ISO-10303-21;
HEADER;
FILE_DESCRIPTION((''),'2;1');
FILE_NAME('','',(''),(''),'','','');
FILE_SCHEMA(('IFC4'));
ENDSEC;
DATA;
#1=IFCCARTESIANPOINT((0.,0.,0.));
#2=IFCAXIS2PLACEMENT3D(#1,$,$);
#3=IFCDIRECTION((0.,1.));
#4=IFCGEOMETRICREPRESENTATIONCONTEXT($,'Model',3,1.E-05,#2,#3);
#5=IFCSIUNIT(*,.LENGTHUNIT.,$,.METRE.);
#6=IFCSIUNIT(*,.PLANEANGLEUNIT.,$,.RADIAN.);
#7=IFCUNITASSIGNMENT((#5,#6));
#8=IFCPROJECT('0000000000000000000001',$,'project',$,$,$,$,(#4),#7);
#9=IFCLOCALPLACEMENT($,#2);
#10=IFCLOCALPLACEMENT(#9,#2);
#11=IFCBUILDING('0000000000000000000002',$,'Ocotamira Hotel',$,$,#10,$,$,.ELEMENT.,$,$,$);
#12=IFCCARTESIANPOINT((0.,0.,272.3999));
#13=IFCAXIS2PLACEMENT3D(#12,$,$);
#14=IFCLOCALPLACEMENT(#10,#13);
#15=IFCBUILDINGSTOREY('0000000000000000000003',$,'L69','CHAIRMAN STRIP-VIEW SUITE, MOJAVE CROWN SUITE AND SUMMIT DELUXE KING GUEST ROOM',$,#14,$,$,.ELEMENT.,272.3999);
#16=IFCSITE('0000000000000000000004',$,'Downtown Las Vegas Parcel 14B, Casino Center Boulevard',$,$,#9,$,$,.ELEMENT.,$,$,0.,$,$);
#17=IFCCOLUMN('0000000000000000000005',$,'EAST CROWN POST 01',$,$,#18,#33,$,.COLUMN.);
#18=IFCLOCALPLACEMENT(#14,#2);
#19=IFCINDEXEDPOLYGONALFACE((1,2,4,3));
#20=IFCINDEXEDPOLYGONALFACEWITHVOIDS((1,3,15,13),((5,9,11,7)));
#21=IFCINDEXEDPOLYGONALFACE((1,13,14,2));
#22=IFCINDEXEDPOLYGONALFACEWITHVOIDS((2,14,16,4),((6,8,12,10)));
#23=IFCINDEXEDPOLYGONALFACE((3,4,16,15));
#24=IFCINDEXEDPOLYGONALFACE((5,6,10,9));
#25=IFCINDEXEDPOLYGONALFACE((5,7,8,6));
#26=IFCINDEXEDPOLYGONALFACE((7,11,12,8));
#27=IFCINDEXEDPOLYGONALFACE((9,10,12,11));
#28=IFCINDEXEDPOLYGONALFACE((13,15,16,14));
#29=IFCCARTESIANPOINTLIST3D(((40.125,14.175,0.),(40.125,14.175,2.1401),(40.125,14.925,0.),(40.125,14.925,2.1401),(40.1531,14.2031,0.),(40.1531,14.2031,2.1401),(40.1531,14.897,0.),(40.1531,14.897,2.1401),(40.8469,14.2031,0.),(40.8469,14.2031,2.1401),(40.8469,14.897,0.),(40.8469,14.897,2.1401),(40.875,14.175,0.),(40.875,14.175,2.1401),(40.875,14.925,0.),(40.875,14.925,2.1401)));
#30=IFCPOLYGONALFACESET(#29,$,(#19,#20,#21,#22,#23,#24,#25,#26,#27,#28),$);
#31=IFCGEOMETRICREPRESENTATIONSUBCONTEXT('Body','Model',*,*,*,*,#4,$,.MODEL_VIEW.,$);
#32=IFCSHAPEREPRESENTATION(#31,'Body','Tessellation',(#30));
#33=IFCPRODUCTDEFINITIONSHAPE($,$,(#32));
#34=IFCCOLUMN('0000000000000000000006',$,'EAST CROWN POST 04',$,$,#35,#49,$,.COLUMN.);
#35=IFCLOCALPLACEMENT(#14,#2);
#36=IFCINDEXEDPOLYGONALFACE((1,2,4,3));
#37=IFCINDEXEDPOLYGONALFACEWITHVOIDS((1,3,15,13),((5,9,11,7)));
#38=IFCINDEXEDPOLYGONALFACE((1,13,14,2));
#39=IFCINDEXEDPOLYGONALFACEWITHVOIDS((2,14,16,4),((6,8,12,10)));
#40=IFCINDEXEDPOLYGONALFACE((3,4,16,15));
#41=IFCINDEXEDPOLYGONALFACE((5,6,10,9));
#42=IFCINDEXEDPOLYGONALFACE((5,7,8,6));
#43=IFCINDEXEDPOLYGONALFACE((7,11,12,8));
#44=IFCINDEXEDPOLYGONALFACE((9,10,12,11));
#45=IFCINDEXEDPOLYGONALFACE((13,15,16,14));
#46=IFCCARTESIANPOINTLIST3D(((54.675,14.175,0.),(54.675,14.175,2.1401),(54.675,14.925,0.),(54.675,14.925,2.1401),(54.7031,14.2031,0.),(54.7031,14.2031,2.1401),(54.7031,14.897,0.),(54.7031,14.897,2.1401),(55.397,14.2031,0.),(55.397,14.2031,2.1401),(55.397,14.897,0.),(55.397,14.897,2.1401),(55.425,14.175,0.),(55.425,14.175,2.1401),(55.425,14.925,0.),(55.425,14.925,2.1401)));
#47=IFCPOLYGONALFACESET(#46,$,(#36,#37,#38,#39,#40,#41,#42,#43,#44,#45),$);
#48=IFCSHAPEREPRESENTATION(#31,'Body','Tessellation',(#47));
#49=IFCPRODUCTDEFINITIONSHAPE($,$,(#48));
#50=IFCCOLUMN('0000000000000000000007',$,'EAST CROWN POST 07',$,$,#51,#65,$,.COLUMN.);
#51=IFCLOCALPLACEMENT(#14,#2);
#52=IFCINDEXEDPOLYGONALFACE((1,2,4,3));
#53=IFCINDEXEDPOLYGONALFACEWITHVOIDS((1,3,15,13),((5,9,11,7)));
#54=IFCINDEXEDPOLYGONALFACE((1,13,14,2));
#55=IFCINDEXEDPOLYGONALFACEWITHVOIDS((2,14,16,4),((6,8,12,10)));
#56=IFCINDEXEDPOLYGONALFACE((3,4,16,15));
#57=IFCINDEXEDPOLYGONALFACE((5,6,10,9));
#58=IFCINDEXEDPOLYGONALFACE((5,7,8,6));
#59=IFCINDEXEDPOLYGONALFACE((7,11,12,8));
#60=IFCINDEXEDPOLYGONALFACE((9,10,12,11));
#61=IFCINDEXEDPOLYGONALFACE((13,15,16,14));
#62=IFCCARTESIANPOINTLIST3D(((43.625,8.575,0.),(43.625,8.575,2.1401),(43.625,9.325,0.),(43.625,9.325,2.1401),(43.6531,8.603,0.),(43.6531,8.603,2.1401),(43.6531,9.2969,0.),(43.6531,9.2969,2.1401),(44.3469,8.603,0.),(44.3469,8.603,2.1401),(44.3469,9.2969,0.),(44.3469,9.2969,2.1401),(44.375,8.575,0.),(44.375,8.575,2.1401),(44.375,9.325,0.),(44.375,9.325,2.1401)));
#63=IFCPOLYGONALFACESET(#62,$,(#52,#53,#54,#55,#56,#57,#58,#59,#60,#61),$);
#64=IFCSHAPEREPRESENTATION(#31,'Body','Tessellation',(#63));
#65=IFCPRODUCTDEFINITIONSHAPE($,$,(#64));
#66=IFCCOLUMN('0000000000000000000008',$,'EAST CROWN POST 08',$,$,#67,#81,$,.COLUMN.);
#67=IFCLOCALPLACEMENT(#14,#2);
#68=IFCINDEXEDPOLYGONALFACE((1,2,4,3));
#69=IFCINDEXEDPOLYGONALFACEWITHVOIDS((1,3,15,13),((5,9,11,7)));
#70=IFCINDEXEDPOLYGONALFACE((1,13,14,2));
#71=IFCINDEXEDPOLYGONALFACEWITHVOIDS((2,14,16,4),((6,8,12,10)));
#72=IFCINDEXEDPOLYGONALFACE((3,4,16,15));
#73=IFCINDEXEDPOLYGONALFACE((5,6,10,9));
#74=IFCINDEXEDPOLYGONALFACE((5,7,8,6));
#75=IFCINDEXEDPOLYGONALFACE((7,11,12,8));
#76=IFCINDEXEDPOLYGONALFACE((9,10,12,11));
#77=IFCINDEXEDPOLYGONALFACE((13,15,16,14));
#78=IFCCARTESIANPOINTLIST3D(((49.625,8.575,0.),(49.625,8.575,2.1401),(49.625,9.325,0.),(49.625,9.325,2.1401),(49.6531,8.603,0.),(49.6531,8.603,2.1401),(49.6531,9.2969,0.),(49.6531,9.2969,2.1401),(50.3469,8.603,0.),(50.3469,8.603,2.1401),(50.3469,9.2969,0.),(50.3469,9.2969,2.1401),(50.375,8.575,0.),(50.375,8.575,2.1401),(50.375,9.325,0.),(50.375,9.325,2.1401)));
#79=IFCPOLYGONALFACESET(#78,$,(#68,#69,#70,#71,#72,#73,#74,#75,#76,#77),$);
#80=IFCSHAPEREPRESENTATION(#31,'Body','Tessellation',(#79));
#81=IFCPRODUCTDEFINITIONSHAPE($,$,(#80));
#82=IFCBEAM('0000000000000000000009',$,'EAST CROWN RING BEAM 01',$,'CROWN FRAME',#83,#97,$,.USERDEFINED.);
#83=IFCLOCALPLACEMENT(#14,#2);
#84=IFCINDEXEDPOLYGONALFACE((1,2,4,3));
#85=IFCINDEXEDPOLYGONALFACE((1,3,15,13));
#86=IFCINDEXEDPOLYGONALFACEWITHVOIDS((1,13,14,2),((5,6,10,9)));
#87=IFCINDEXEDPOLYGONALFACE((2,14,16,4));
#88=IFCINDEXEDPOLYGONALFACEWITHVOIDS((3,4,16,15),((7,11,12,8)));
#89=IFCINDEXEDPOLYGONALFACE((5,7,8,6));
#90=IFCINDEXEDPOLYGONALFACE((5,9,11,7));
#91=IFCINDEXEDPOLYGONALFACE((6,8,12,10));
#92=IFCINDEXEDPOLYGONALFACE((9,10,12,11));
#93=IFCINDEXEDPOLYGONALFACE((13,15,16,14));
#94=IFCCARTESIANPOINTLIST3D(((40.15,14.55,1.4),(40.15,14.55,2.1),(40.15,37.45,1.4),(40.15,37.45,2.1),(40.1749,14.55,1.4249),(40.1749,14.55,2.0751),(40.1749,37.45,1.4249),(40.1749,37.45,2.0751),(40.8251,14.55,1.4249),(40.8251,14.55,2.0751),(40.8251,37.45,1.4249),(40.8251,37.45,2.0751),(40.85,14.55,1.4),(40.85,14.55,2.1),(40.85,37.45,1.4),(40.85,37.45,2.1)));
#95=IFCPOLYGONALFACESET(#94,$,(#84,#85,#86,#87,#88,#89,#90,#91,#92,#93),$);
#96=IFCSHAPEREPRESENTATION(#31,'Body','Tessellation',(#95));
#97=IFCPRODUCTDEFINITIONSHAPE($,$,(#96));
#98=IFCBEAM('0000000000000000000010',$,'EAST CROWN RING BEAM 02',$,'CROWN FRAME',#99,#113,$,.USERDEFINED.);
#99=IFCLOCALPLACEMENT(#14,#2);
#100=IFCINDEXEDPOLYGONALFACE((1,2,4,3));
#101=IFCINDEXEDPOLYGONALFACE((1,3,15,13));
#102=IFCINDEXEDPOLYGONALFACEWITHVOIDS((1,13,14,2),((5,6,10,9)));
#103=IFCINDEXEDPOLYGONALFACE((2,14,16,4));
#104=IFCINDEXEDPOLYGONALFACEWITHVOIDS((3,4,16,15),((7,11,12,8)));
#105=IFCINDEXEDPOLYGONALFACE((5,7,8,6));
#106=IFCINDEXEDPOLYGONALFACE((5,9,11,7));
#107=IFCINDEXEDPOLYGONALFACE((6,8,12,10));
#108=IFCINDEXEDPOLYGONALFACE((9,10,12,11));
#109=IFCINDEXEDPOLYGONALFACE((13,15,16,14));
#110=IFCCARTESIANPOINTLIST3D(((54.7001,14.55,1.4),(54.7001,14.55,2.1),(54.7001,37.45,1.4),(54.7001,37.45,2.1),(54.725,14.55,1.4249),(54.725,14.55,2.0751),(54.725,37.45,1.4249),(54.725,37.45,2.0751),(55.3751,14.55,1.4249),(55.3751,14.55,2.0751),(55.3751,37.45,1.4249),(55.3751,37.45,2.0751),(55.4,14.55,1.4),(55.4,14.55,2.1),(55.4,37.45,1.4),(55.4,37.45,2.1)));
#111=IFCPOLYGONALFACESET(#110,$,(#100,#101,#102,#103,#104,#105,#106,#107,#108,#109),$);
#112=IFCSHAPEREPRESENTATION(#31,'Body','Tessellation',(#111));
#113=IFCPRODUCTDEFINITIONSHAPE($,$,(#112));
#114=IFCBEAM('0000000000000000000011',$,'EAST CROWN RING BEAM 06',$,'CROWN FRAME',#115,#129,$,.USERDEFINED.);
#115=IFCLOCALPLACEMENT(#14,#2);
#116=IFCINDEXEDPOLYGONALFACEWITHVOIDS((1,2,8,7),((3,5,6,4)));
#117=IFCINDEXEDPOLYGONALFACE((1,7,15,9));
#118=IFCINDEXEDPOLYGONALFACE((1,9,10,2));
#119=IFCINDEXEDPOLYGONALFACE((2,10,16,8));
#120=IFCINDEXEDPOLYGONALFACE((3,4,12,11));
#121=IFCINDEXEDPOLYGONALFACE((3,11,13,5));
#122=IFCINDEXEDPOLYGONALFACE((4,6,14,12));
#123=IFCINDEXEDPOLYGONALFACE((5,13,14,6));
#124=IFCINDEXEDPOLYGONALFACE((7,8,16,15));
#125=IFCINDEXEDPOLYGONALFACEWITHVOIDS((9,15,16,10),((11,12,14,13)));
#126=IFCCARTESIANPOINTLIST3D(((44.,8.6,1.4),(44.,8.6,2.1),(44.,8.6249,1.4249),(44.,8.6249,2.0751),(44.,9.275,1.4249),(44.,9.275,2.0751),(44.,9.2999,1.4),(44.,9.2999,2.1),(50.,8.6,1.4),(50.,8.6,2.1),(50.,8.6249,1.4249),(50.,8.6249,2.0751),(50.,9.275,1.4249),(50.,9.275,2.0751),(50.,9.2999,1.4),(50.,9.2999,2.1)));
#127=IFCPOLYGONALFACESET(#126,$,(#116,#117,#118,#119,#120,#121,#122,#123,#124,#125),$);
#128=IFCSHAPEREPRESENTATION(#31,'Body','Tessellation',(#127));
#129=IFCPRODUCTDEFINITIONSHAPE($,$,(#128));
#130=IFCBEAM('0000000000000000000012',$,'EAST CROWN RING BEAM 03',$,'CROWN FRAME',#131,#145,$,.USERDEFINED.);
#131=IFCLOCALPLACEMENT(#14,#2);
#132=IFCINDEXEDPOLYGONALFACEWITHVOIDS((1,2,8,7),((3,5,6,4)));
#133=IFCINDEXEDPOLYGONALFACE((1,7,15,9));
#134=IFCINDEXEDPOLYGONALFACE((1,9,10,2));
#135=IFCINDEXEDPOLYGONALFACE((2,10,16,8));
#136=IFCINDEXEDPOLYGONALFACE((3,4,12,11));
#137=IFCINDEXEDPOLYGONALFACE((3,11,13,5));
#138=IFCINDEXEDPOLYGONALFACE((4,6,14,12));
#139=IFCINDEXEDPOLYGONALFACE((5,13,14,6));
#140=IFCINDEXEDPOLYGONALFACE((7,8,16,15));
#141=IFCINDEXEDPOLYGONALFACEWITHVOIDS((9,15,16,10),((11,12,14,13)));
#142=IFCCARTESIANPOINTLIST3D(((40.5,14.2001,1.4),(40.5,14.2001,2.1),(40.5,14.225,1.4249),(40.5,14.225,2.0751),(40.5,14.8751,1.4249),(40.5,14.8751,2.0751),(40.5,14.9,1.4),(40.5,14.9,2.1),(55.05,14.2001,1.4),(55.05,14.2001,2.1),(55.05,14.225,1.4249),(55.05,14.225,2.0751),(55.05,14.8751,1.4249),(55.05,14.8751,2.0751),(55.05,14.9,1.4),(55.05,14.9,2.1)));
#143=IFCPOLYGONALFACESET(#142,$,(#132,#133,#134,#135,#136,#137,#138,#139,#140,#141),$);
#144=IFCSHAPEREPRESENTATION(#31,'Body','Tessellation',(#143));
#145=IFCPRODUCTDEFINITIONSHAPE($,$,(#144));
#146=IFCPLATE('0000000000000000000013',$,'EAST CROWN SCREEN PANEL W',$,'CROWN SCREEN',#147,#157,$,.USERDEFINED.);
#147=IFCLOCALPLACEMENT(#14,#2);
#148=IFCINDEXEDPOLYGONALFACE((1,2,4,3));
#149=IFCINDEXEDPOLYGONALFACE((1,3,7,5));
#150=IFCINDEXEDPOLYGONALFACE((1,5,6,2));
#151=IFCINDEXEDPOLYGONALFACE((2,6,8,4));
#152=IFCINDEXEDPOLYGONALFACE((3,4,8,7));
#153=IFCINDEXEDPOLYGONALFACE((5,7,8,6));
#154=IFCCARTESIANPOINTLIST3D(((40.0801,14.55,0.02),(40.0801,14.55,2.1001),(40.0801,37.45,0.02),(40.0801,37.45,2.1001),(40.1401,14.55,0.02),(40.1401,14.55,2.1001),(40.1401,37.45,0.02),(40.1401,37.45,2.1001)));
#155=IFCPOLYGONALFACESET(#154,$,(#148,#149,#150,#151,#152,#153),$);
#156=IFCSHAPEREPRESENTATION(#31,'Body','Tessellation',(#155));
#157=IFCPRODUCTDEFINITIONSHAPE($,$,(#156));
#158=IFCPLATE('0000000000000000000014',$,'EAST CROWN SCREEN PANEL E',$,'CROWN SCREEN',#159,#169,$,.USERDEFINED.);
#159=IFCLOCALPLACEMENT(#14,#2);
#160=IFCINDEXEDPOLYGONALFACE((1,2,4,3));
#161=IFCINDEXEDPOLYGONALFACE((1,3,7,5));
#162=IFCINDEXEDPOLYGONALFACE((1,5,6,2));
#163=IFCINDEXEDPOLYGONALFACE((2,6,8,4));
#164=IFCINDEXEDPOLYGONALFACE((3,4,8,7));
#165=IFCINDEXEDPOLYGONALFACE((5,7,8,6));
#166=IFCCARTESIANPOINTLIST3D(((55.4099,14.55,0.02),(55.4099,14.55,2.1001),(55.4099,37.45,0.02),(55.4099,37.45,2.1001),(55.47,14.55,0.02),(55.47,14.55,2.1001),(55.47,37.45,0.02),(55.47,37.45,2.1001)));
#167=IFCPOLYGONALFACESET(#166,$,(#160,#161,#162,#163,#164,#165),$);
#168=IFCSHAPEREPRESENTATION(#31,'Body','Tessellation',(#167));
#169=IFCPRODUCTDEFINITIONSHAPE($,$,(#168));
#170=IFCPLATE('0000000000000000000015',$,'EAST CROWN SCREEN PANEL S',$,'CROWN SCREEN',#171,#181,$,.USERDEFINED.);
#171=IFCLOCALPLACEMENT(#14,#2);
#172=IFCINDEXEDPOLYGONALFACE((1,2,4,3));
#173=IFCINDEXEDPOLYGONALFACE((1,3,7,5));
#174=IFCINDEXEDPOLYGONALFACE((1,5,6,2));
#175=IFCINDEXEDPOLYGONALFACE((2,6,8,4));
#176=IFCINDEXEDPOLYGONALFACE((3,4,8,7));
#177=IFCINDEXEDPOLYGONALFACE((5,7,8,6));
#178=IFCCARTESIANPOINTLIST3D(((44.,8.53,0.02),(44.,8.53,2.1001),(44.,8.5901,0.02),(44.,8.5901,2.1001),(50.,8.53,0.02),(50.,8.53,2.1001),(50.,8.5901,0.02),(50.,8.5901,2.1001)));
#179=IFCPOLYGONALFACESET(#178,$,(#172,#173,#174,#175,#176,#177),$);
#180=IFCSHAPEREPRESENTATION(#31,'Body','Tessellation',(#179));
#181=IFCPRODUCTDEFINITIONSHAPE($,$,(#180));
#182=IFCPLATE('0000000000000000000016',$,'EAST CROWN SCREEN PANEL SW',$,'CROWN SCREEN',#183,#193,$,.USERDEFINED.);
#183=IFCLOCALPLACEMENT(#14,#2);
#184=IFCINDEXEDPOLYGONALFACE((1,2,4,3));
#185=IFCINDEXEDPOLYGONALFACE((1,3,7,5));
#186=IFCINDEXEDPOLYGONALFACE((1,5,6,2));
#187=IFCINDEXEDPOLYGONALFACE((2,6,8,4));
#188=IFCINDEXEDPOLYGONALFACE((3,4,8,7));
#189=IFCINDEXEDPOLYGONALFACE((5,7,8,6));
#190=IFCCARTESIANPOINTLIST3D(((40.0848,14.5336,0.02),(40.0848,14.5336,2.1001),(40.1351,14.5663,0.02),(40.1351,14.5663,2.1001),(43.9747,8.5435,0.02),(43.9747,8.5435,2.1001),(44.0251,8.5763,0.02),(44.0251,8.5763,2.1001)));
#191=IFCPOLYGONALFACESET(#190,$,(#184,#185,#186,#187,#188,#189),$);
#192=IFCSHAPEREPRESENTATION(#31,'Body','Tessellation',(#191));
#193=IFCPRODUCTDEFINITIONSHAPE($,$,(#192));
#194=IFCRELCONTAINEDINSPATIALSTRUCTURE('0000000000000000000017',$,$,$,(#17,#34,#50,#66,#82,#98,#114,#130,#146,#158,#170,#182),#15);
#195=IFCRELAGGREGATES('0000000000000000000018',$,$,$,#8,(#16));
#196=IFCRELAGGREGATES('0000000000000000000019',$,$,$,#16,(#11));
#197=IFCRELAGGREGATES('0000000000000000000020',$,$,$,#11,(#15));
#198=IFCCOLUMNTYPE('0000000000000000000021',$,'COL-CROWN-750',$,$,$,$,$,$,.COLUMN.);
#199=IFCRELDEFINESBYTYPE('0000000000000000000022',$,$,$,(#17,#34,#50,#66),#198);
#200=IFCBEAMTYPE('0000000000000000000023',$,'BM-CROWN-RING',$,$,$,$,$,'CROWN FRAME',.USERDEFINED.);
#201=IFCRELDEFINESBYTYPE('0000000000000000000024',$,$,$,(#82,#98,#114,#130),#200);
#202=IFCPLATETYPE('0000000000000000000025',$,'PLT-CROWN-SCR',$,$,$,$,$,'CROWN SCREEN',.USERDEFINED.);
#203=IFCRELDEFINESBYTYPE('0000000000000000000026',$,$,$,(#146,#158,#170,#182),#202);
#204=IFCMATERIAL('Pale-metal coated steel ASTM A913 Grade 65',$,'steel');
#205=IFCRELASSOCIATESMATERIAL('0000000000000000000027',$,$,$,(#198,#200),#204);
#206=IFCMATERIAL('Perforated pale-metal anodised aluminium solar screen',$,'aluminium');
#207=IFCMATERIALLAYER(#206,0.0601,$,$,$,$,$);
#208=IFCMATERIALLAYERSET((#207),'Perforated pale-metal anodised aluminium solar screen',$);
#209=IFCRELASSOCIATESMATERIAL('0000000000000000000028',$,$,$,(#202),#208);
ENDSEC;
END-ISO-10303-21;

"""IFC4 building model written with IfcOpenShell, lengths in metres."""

from ifc_helpers import new_model, si_unit, direction, frame, origin, origin_2d, place, context, subcontext, project, spatial, rectangle, hollow_rectangle, extrude, source, transform, mapped, material, layer, layer_set, material_profile, profile_set, type_object, element, save


model = new_model("IFC4")

# Units and contexts
model_context = context("Model", 3, precision=1e-05, world=origin(), true_north=direction((0.0, 1.0)))
body_context = subcontext(model_context, "Body", "Model", "MODEL_VIEW")
ifc_project = project(units=[si_unit("LENGTHUNIT", "METRE"), si_unit("PLANEANGLEUNIT", "RADIAN")], contexts=[model_context])

# Site, building, storey
site_placement = place(None, origin())
site = spatial("IfcSite", under=ifc_project, at=site_placement, Name="Downtown Las Vegas Parcel 14B, Casino Center Boulevard", CompositionType="ELEMENT", RefElevation=0.0)
building_placement = place(site_placement, origin())
building = spatial("IfcBuilding", under=site, at=building_placement, Name="Ocotamira Hotel", CompositionType="ELEMENT")
storey_placement = place(building_placement, frame((0.0, 0.0, 272.3999)))
storey = spatial("IfcBuildingStorey", under=building, at=storey_placement, Name="L69", Description="CHAIRMAN STRIP-VIEW SUITE, MOJAVE CROWN SUITE AND SUMMIT DELUXE KING GUEST ROOM", CompositionType="ELEMENT", Elevation=272.3999)

# Columns
ifc_material_1 = material(Name="Pale-metal coated steel ASTM A913 Grade 65", Category="steel")
ifc_material_profile_1 = material_profile(ifc_material_1, hollow_rectangle(XDim=0.75, YDim=0.75, WallThickness=0.0281, at=origin_2d()), Name="BOX750X750X28")
ifc_profile_set_1 = profile_set([ifc_material_profile_1], Name="Pale-metal coated steel ASTM A913 Grade 65")
column_type = type_object("IfcColumnType", Name="COL-CROWN-750", PredefinedType="COLUMN", material=ifc_profile_set_1)
shared_shape_1 = source(origin(), body_context, "Body", "SweptSolid", [
    extrude(hollow_rectangle(XDim=0.75, YDim=0.75, WallThickness=0.0281, at=origin_2d()), origin(), (0.0, 0.0, 1.0), 2.1401),
])
for number, where, z_axis, x_axis, name in (
    (1, (40.5, 14.55, 0.0), (0.0, 0.0, 1.0), (1.0, 0.0, 0.0), "EAST CROWN POST 01"),
    (2, (55.05, 14.55, 0.0), (0.0, 0.0, 1.0), (1.0, 0.0, 0.0), "EAST CROWN POST 04"),
    (3, (44.0, 8.95, 0.0), (0.0, 0.0, 1.0), (1.0, 0.0, 0.0), "EAST CROWN POST 07"),
    (4, (50.0, 8.95, 0.0), (0.0, 0.0, 1.0), (1.0, 0.0, 0.0), "EAST CROWN POST 08"),
):
    element("IfcColumn", number, at=place(storey_placement, frame(where, z_axis=z_axis, x_axis=x_axis)), inside=storey, type_object=column_type, Name=name, PredefinedType="COLUMN", context=body_context, shape_type="MappedRepresentation", body=[
        mapped(shared_shape_1, transform((0.0, 0.0, 0.0), scale=1.0)),
    ])

# Beams
ifc_material_profile_2 = material_profile(ifc_material_1, hollow_rectangle(XDim=0.7, YDim=0.7, WallThickness=0.0249, at=origin_2d()), Name="BOX700X700X25")
ifc_profile_set_2 = profile_set([ifc_material_profile_2], Name="Pale-metal coated steel ASTM A913 Grade 65")
beam_type = type_object("IfcBeamType", Name="BM-CROWN-RING", ElementType="CROWN FRAME", PredefinedType="USERDEFINED", material=ifc_profile_set_2)
shared_shape_2 = source(origin(), body_context, "Body", "SweptSolid", [
    extrude(hollow_rectangle(XDim=0.7, YDim=0.7, WallThickness=0.0249, at=origin_2d()), origin(), (0.0, 0.0, 1.0), 22.8999),
])
for number, where, z_axis, x_axis, name in (
    (5, (40.5, 14.55, 1.75), (0.0, 1.0, 0.0), (-1.0, 0.0, 0.0), "EAST CROWN RING BEAM 01"),
    (6, (55.05, 14.55, 1.75), (0.0, 1.0, 0.0), (-1.0, 0.0, 0.0), "EAST CROWN RING BEAM 02"),
):
    element("IfcBeam", number, at=place(storey_placement, frame(where, z_axis=z_axis, x_axis=x_axis)), inside=storey, type_object=beam_type, Name=name, ObjectType="CROWN FRAME", PredefinedType="USERDEFINED", context=body_context, shape_type="MappedRepresentation", body=[
        mapped(shared_shape_2, transform((0.0, 0.0, 0.0), scale=1.0)),
    ])
shared_shape_3 = source(origin(), body_context, "Body", "SweptSolid", [
    extrude(hollow_rectangle(XDim=0.7, YDim=0.7, WallThickness=0.0249, at=origin_2d()), origin(), (0.0, 0.0, 1.0), 6.0),
])
beam_1_placement = place(storey_placement, frame((44.0, 8.95, 1.75), z_axis=(1.0, 0.0, 0.0), x_axis=(0.0, 1.0, 0.0)))
element("IfcBeam", 7, at=beam_1_placement, inside=storey, type_object=beam_type, Name="EAST CROWN RING BEAM 06", ObjectType="CROWN FRAME", PredefinedType="USERDEFINED", context=body_context, shape_type="MappedRepresentation", body=[
    mapped(shared_shape_3, transform((0.0, 0.0, 0.0), scale=1.0)),
])
shared_shape_4 = source(origin(), body_context, "Body", "SweptSolid", [
    extrude(hollow_rectangle(XDim=0.7, YDim=0.7, WallThickness=0.0249, at=origin_2d()), origin(), (0.0, 0.0, 1.0), 14.55),
])
beam_2_placement = place(storey_placement, frame((40.5, 14.55, 1.75), z_axis=(1.0, 0.0, 0.0), x_axis=(0.0, 1.0, 0.0)))
element("IfcBeam", 8, at=beam_2_placement, inside=storey, type_object=beam_type, Name="EAST CROWN RING BEAM 03", ObjectType="CROWN FRAME", PredefinedType="USERDEFINED", context=body_context, shape_type="MappedRepresentation", body=[
    mapped(shared_shape_4, transform((0.0, 0.0, 0.0), scale=1.0)),
])

# Plates
ifc_material_2 = material(Name="Perforated pale-metal anodised aluminium solar screen", Category="aluminium")
ifc_layer = layer(ifc_material_2, 0.0601)
ifc_layer_set = layer_set([ifc_layer], Name="Perforated pale-metal anodised aluminium solar screen")
plate_type = type_object("IfcPlateType", Name="PLT-CROWN-SCR", ElementType="CROWN SCREEN", PredefinedType="USERDEFINED", material=ifc_layer_set)
shared_shape_5 = source(origin(), body_context, "Body", "SweptSolid", [
    extrude(rectangle(XDim=22.8999, YDim=0.0601, at=origin_2d()), origin(), (0.0, 0.0, 1.0), 2.0801),
])
for number, where, z_axis, x_axis, name in (
    (9, (40.1101, 26.0, 0.02), (0.0, 0.0, 1.0), (0.0, 1.0, 0.0), "EAST CROWN SCREEN PANEL W"),
    (10, (55.4399, 26.0, 0.02), (0.0, 0.0, 1.0), (0.0, 1.0, 0.0), "EAST CROWN SCREEN PANEL E"),
):
    element("IfcPlate", number, at=place(storey_placement, frame(where, z_axis=z_axis, x_axis=x_axis)), inside=storey, type_object=plate_type, Name=name, ObjectType="CROWN SCREEN", PredefinedType="USERDEFINED", context=body_context, shape_type="MappedRepresentation", body=[
        mapped(shared_shape_5, transform((0.0, 0.0, 0.0), scale=1.0)),
    ])
shared_shape_6 = source(origin(), body_context, "Body", "SweptSolid", [
    extrude(rectangle(XDim=6.0, YDim=0.0601, at=origin_2d()), origin(), (0.0, 0.0, 1.0), 2.0801),
])
plate_1_placement = place(storey_placement, frame((47.0, 8.5601, 0.02), z_axis=(0.0, 0.0, 1.0), x_axis=(1.0, 0.0, 0.0)))
element("IfcPlate", 11, at=plate_1_placement, inside=storey, type_object=plate_type, Name="EAST CROWN SCREEN PANEL S", ObjectType="CROWN SCREEN", PredefinedType="USERDEFINED", context=body_context, shape_type="MappedRepresentation", body=[
    mapped(shared_shape_6, transform((0.0, 0.0, 0.0), scale=1.0)),
])
shared_shape_7 = source(origin(), body_context, "Body", "SweptSolid", [
    extrude(rectangle(XDim=7.1423, YDim=0.0601, at=origin_2d()), origin(), (0.0, 0.0, 1.0), 2.0801),
])
plate_2_placement = place(storey_placement, frame((42.0549, 11.5549, 0.02), z_axis=(0.0, 0.0, 1.0), x_axis=(0.544639, -0.838671, 0.0)))
element("IfcPlate", 12, at=plate_2_placement, inside=storey, type_object=plate_type, Name="EAST CROWN SCREEN PANEL SW", ObjectType="CROWN SCREEN", PredefinedType="USERDEFINED", context=body_context, shape_type="MappedRepresentation", body=[
    mapped(shared_shape_7, transform((0.0, 0.0, 0.0), scale=1.0)),
])

save(model, "model.ifc")
